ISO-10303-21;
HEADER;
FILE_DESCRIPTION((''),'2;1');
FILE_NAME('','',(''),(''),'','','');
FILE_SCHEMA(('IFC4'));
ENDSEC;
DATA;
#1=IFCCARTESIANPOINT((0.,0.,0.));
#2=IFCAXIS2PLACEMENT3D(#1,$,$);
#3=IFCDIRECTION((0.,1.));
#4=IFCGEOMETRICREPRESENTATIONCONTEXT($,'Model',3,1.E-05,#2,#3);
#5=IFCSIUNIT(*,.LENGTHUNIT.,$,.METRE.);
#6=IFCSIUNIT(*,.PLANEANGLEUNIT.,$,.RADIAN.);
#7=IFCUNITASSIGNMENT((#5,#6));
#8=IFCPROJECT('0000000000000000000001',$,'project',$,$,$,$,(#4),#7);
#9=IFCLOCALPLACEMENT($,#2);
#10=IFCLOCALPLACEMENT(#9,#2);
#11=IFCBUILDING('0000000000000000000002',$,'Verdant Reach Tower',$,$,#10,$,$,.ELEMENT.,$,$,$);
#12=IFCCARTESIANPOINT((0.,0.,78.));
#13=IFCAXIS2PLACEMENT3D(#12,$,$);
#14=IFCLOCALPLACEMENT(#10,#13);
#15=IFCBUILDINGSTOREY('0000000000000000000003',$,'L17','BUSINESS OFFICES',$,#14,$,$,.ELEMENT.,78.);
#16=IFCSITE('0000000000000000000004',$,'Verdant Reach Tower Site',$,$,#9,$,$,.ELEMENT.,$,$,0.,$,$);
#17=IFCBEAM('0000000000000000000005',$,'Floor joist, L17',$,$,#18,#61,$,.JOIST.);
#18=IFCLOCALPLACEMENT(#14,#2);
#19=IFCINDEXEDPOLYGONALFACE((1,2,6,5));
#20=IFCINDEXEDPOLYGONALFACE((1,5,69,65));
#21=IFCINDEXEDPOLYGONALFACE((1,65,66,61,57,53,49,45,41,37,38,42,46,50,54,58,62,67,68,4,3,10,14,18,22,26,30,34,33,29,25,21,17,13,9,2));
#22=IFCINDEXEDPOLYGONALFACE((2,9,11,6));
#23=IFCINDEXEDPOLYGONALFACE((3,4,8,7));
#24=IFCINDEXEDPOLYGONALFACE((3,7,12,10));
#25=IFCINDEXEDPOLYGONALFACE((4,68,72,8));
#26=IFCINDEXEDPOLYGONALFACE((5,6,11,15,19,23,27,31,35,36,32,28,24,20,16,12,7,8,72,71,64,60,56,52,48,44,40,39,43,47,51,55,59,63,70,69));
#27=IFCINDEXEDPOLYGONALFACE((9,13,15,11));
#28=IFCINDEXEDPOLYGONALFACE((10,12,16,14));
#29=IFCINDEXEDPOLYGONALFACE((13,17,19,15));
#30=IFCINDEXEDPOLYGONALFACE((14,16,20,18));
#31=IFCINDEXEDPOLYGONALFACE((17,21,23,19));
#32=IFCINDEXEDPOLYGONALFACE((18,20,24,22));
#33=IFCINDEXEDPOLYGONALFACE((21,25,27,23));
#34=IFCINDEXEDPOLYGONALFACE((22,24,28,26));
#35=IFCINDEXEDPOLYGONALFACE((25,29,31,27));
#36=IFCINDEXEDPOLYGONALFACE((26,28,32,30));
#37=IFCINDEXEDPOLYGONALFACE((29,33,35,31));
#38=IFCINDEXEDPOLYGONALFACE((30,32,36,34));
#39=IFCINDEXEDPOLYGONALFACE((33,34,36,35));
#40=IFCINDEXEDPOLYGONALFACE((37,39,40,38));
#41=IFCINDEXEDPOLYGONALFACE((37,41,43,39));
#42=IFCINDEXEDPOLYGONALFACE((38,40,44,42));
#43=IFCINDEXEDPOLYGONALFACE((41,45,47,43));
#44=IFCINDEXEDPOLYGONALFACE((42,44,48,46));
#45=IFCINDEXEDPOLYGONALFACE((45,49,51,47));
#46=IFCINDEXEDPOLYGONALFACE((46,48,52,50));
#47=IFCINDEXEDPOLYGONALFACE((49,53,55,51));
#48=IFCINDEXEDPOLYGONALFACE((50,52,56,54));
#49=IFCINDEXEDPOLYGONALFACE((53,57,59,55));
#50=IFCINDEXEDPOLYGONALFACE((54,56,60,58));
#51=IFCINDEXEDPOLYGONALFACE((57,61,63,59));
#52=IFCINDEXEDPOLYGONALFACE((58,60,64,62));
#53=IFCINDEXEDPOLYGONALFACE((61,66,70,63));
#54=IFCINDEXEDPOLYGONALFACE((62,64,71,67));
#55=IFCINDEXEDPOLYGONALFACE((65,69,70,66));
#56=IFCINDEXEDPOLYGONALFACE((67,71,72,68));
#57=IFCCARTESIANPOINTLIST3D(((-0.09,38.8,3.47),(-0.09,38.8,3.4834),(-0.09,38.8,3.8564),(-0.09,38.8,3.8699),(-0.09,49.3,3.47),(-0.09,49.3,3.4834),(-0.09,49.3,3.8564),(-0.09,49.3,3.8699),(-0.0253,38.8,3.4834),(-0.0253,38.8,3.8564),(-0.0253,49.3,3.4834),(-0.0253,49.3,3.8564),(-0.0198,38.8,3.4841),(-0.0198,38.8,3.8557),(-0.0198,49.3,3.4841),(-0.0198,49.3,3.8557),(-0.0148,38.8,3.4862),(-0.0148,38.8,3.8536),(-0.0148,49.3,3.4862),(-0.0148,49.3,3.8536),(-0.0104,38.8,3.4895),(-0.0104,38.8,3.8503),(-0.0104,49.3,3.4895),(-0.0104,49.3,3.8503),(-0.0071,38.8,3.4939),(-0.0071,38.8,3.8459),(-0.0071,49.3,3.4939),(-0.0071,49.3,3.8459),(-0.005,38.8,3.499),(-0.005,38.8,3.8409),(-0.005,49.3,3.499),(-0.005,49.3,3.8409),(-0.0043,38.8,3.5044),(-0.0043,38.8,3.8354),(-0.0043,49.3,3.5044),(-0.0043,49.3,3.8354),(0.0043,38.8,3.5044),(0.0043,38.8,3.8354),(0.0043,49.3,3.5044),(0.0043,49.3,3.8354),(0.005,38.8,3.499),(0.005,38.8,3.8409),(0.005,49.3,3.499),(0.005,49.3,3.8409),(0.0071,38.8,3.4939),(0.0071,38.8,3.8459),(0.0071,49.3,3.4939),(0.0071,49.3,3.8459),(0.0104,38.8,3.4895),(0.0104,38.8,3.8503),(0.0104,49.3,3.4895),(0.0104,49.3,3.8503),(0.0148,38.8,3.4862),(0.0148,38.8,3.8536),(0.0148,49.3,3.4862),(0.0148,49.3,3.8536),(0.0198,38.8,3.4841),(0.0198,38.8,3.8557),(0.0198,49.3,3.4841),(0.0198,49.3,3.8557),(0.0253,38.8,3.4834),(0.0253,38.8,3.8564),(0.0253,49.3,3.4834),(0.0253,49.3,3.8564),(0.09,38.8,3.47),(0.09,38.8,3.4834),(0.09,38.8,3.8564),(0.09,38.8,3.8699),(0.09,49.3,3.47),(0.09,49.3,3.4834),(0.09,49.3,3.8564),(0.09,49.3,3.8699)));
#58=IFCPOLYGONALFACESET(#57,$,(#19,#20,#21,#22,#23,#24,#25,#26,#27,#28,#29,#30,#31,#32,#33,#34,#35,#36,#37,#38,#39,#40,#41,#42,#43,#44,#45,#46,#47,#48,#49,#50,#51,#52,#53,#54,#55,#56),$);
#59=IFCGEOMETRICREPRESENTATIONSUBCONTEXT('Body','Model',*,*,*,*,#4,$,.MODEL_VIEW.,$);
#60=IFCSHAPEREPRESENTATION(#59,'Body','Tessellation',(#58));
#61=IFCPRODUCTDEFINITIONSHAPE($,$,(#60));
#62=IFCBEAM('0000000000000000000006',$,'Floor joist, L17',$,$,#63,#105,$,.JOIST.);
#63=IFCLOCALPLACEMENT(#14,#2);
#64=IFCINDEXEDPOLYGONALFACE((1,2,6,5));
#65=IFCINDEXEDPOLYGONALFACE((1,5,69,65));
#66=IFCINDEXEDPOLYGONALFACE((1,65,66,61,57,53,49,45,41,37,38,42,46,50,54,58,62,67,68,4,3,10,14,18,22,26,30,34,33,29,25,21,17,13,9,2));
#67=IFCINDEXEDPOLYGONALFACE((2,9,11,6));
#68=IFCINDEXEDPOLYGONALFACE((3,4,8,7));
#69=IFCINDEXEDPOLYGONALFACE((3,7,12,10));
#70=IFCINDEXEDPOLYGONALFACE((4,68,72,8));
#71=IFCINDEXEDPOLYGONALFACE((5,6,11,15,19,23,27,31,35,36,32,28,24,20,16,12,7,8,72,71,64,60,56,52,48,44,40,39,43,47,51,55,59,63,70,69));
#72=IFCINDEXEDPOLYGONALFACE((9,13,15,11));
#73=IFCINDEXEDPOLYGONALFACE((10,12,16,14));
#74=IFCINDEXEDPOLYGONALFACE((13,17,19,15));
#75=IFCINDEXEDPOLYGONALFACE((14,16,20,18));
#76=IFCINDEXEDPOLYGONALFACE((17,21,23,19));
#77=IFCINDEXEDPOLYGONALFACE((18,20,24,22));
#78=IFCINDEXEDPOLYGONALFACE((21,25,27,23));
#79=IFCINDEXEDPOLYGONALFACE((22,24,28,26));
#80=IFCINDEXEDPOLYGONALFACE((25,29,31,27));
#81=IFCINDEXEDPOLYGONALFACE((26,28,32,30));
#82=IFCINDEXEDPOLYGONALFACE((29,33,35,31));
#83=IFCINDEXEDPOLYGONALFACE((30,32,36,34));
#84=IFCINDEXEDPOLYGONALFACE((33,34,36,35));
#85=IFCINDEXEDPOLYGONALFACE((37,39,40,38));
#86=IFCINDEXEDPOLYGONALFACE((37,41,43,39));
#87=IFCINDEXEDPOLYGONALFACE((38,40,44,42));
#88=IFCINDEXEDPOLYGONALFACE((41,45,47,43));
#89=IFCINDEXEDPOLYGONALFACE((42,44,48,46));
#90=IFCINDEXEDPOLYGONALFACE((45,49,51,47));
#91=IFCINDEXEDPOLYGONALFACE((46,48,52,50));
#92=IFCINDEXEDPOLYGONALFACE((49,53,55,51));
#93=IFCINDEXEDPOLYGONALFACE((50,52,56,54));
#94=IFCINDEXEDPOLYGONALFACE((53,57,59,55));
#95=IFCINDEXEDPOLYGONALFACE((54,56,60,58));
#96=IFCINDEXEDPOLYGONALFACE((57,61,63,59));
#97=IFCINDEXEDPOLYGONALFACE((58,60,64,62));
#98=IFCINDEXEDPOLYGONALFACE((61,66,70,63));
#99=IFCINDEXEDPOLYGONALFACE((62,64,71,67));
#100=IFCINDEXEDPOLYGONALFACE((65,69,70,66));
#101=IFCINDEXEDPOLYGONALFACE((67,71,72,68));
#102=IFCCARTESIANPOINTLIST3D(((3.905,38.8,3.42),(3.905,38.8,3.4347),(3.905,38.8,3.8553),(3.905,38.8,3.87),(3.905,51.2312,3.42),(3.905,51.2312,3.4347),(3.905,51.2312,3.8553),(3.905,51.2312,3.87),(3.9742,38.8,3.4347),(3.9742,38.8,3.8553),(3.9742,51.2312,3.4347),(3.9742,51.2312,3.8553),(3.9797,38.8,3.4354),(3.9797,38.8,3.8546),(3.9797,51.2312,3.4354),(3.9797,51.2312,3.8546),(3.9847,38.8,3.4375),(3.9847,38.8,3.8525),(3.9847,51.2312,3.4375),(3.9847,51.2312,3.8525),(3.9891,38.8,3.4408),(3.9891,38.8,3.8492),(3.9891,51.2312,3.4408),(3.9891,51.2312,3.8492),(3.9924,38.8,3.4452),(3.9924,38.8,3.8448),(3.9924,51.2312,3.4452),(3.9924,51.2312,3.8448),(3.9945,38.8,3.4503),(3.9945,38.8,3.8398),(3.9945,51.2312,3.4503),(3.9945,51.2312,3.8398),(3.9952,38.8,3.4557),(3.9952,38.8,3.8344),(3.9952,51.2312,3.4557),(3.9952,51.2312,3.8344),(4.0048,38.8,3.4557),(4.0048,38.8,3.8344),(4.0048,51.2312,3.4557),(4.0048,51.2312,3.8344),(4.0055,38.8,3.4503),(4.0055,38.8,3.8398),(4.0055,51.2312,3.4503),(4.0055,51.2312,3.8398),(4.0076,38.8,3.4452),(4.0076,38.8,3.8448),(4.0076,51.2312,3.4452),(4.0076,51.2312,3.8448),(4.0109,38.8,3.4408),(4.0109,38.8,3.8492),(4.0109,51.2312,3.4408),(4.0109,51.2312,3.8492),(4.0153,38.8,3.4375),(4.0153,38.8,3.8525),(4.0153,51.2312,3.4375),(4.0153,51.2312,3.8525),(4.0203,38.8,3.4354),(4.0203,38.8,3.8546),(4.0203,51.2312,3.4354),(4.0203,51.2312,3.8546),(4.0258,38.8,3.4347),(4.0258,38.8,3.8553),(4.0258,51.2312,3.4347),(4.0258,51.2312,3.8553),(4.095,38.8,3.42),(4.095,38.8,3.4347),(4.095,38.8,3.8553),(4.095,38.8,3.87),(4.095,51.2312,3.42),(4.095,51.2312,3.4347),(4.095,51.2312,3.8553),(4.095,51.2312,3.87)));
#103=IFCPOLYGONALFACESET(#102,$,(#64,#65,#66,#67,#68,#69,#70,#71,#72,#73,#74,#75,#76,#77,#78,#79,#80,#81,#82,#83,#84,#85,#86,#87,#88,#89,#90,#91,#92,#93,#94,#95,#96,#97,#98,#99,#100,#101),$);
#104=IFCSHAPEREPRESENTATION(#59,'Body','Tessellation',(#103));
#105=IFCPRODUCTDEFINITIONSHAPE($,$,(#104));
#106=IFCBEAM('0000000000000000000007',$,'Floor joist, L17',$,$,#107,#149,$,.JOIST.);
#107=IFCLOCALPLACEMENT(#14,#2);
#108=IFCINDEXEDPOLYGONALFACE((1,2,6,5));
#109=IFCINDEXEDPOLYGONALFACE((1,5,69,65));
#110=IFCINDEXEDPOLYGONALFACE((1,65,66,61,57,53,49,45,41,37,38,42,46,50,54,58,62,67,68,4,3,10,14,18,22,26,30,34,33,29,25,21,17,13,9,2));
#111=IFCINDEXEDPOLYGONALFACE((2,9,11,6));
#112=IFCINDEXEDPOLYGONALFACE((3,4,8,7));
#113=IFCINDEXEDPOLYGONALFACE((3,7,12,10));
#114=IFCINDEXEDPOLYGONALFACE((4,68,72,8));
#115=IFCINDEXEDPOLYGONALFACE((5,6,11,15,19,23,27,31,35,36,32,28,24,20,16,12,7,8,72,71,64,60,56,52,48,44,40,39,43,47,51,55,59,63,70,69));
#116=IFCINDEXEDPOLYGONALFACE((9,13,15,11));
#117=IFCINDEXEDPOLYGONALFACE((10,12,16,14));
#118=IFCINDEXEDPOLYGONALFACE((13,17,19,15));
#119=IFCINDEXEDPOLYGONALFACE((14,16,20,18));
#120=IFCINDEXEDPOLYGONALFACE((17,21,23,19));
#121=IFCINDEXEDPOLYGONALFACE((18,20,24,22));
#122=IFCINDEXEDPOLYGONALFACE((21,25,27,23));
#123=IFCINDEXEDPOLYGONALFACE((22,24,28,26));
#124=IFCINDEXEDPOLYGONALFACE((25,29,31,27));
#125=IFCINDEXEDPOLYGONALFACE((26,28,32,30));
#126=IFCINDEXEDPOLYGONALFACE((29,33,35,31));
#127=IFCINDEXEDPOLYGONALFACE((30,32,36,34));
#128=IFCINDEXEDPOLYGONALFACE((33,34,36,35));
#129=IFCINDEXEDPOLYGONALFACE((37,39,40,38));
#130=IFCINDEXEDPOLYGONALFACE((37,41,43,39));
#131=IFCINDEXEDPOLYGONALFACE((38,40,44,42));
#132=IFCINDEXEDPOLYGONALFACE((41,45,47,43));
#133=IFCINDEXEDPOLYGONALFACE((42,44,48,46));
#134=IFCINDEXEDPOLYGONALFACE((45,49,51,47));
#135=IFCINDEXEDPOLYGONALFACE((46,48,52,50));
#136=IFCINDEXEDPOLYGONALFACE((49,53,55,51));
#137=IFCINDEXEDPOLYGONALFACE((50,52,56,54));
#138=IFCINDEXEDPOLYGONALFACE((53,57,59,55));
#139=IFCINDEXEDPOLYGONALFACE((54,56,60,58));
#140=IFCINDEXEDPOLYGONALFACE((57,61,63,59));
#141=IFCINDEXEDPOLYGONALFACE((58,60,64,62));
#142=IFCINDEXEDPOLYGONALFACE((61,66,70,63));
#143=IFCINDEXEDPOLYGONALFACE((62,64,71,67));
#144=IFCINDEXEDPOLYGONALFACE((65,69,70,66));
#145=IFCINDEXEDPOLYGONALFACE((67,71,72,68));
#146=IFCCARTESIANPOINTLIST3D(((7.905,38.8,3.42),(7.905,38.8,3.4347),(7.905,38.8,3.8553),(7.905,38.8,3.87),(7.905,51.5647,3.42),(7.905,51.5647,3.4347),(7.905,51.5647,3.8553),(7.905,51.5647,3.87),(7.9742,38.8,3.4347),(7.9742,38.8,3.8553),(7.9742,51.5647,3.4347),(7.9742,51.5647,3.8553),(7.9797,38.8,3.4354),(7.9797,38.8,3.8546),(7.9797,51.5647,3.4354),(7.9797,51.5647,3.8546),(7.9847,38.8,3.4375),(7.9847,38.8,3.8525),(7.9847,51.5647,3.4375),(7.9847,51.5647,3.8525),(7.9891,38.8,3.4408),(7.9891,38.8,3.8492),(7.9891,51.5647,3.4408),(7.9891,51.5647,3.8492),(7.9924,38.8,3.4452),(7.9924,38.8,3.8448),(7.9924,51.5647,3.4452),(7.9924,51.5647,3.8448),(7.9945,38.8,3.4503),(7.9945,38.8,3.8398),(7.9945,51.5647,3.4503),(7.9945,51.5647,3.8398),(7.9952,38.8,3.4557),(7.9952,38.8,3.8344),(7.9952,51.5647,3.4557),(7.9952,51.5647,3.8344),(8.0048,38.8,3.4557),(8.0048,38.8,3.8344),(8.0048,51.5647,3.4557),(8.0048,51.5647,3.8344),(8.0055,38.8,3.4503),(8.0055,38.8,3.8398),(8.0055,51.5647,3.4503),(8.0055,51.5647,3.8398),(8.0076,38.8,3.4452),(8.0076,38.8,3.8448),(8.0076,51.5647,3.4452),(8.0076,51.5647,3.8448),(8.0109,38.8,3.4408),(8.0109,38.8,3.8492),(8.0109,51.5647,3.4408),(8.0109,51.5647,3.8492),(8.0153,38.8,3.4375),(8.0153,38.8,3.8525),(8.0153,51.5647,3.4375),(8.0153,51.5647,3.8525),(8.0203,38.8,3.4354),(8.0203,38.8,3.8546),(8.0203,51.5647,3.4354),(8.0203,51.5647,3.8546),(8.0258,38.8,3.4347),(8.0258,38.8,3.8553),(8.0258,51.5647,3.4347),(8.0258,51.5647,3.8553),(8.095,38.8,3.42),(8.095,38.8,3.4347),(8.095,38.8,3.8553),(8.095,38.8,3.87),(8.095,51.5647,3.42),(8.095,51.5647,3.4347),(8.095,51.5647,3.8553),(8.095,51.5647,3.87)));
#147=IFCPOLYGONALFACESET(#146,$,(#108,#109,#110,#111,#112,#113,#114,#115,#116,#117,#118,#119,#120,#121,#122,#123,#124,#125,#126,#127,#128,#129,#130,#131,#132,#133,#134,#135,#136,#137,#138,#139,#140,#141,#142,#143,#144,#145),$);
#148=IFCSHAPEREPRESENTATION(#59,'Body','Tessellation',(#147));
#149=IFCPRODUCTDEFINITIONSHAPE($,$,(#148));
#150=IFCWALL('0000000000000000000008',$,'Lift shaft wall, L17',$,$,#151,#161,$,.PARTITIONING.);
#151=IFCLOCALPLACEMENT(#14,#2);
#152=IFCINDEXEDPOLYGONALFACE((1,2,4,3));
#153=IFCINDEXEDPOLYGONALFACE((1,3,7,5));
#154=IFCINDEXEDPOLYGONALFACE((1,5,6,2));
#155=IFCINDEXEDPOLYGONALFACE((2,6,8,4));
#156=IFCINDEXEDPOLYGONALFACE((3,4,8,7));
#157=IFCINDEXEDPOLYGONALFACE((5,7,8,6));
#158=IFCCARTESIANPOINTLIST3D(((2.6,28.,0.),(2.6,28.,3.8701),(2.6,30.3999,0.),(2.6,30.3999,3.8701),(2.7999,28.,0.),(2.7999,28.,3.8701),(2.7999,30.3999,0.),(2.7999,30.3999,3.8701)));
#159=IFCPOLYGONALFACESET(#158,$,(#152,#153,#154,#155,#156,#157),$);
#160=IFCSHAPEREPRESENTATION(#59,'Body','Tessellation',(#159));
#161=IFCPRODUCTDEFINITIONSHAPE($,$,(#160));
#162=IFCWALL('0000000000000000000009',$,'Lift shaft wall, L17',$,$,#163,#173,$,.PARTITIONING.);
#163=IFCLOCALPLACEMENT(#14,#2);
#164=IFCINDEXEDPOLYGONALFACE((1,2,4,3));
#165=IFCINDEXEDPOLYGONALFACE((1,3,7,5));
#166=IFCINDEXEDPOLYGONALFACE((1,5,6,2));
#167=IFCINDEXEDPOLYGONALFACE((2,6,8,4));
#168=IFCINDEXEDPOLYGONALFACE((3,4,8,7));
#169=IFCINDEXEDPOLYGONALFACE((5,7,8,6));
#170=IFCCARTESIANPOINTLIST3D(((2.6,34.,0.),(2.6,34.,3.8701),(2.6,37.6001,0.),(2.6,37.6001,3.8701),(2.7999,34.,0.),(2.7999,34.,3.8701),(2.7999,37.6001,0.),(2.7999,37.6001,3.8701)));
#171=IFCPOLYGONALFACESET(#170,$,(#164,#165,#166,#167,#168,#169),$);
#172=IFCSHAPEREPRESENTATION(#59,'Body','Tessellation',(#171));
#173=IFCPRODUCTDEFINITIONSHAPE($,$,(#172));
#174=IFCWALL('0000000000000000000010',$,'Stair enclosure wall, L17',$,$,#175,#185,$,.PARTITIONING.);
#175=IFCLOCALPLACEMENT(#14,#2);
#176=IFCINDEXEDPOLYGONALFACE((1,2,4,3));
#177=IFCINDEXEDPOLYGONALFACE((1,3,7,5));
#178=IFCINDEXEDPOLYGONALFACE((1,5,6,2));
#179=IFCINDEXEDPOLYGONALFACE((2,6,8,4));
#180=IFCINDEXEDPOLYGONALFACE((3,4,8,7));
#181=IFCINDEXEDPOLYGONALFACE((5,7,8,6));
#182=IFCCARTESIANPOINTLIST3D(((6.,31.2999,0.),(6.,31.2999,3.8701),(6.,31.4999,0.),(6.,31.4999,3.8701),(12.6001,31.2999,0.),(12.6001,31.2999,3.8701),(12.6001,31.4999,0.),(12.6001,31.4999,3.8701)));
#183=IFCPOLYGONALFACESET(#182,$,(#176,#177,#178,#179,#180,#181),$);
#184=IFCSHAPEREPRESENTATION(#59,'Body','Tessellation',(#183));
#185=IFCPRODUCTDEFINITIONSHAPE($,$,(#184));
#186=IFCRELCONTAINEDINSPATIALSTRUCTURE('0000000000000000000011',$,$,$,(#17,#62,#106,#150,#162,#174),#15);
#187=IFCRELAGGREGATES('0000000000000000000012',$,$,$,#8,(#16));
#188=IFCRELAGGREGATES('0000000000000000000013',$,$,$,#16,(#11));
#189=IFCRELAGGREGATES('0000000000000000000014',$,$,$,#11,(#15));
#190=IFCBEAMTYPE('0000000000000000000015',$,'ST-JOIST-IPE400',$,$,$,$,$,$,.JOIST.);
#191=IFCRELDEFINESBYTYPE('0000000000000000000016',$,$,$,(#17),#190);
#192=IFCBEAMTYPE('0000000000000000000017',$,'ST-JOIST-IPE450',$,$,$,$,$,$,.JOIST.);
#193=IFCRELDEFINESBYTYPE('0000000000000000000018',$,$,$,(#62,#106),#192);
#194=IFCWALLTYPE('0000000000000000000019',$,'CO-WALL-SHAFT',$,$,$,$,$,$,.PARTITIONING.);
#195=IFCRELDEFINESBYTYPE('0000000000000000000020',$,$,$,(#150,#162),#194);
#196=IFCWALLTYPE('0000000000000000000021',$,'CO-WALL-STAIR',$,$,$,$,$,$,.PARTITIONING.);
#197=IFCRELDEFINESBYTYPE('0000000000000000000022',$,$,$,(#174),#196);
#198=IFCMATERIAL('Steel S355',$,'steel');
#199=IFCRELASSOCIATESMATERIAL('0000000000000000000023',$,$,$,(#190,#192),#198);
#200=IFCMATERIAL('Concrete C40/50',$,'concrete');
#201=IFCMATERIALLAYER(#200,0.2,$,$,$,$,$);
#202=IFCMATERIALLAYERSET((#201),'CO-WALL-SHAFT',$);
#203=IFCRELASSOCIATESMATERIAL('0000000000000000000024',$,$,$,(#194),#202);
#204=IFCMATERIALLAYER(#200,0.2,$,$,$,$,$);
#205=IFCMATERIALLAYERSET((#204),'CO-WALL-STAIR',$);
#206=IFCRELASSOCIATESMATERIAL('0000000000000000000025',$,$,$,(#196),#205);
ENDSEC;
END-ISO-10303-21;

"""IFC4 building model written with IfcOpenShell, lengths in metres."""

from ifc_helpers import new_model, si_unit, direction, frame, frame_2d, origin, origin_2d, place, context, subcontext, project, spatial, rectangle, i_section, extrude, material, layer, layer_set, material_profile, profile_set, type_object, element, save


model = new_model("IFC4")

# Units and contexts
model_context = context("Model", 3, precision=1e-05, world=origin(), true_north=direction((0.0, 1.0)))
body_context = subcontext(model_context, "Body", "Model", "MODEL_VIEW")
ifc_project = project(units=[si_unit("LENGTHUNIT", "METRE"), si_unit("PLANEANGLEUNIT", "RADIAN")], contexts=[model_context])

# Site, building, storey
site_placement = place(None, origin())
site = spatial("IfcSite", under=ifc_project, at=site_placement, Name="Verdant Reach Tower Site", CompositionType="ELEMENT", RefElevation=0.0)
building_placement = place(site_placement, origin())
building = spatial("IfcBuilding", under=site, at=building_placement, Name="Verdant Reach Tower", CompositionType="ELEMENT")
storey_placement = place(building_placement, frame((0.0, 0.0, 78.0)))
storey = spatial("IfcBuildingStorey", under=building, at=storey_placement, Name="L17", Description="BUSINESS OFFICES", CompositionType="ELEMENT", Elevation=78.0)

# Beams
ifc_material_1 = material(Name="Steel S355", Category="steel")
ifc_material_profile_1 = material_profile(ifc_material_1, i_section(OverallWidth=0.1799, OverallDepth=0.3999, WebThickness=0.0085, FlangeThickness=0.0134, FilletRadius=0.021, at=origin_2d()), Name="IPE 400")
ifc_profile_set_1 = profile_set([ifc_material_profile_1], Name="Steel S355")
beam_type_1 = type_object("IfcBeamType", Name="ST-JOIST-IPE400", PredefinedType="JOIST", material=ifc_profile_set_1)
beam_1_placement = place(storey_placement, frame((0.0, 38.8, 3.6699), z_axis=(0.0, 1.0, 0.0), x_axis=(-1.0, 0.0, 0.0)))
element("IfcBeam", 1, at=beam_1_placement, inside=storey, type_object=beam_type_1, Name="Floor joist, L17", PredefinedType="JOIST", context=body_context, shape_type="SweptSolid", body=[
    extrude(i_section(OverallWidth=0.1799, OverallDepth=0.3999, WebThickness=0.0085, FlangeThickness=0.0134, FilletRadius=0.021, at=origin_2d()), origin(), (0.0, 0.0, 1.0), 10.5),
])
ifc_material_profile_2 = material_profile(ifc_material_1, i_section(OverallWidth=0.1899, OverallDepth=0.45, WebThickness=0.0095, FlangeThickness=0.0146, FilletRadius=0.021, at=origin_2d()), Name="IPE 450")
ifc_profile_set_2 = profile_set([ifc_material_profile_2], Name="Steel S355")
beam_type_2 = type_object("IfcBeamType", Name="ST-JOIST-IPE450", PredefinedType="JOIST", material=ifc_profile_set_2)
beam_2_placement = place(storey_placement, frame((4.0, 38.8, 3.645), z_axis=(0.0, 1.0, 0.0), x_axis=(-1.0, 0.0, 0.0)))
element("IfcBeam", 2, at=beam_2_placement, inside=storey, type_object=beam_type_2, Name="Floor joist, L17", PredefinedType="JOIST", context=body_context, shape_type="SweptSolid", body=[
    extrude(i_section(OverallWidth=0.1899, OverallDepth=0.45, WebThickness=0.0095, FlangeThickness=0.0146, FilletRadius=0.021, at=origin_2d()), origin(), (0.0, 0.0, 1.0), 12.4312),
])
beam_3_placement = place(storey_placement, frame((8.0, 38.8, 3.645), z_axis=(0.0, 1.0, 0.0), x_axis=(-1.0, 0.0, 0.0)))
element("IfcBeam", 3, at=beam_3_placement, inside=storey, type_object=beam_type_2, Name="Floor joist, L17", PredefinedType="JOIST", context=body_context, shape_type="SweptSolid", body=[
    extrude(i_section(OverallWidth=0.1899, OverallDepth=0.45, WebThickness=0.0095, FlangeThickness=0.0146, FilletRadius=0.021, at=origin_2d()), origin(), (0.0, 0.0, 1.0), 12.7646),
])

# Walls
ifc_material_2 = material(Name="Concrete C40/50", Category="concrete")
ifc_layer_1 = layer(ifc_material_2, 0.2)
ifc_layer_set_1 = layer_set([ifc_layer_1], Name="CO-WALL-SHAFT")
wall_type_1 = type_object("IfcWallType", Name="CO-WALL-SHAFT", PredefinedType="PARTITIONING", material=ifc_layer_set_1)
wall_1_placement = place(storey_placement, frame((2.7, 28.0, 0.0), z_axis=(0.0, 0.0, 1.0), x_axis=(0.0, 1.0, 0.0)))
element("IfcWall", 4, at=wall_1_placement, inside=storey, type_object=wall_type_1, Name="Lift shaft wall, L17", PredefinedType="PARTITIONING", context=body_context, shape_type="SweptSolid", body=[
    extrude(rectangle(XDim=2.3999, YDim=0.2, at=frame_2d((1.2, 0.0))), origin(), (0.0, 0.0, 1.0), 3.8701),
])
wall_2_placement = place(storey_placement, frame((2.7, 34.0, 0.0), z_axis=(0.0, 0.0, 1.0), x_axis=(0.0, 1.0, 0.0)))
element("IfcWall", 5, at=wall_2_placement, inside=storey, type_object=wall_type_1, Name="Lift shaft wall, L17", PredefinedType="PARTITIONING", context=body_context, shape_type="SweptSolid", body=[
    extrude(rectangle(XDim=3.6001, YDim=0.2, at=frame_2d((1.8, 0.0))), origin(), (0.0, 0.0, 1.0), 3.8701),
])
ifc_layer_2 = layer(ifc_material_2, 0.2)
ifc_layer_set_2 = layer_set([ifc_layer_2], Name="CO-WALL-STAIR")
wall_type_2 = type_object("IfcWallType", Name="CO-WALL-STAIR", PredefinedType="PARTITIONING", material=ifc_layer_set_2)
wall_3_placement = place(storey_placement, frame((6.0, 31.3999, 0.0), z_axis=(0.0, 0.0, 1.0), x_axis=(1.0, 0.0, 0.0)))
element("IfcWall", 6, at=wall_3_placement, inside=storey, type_object=wall_type_2, Name="Stair enclosure wall, L17", PredefinedType="PARTITIONING", context=body_context, shape_type="SweptSolid", body=[
    extrude(rectangle(XDim=6.6001, YDim=0.2, at=frame_2d((3.3, 0.0))), origin(), (0.0, 0.0, 1.0), 3.8701),
])

save(model, "model.ifc")
